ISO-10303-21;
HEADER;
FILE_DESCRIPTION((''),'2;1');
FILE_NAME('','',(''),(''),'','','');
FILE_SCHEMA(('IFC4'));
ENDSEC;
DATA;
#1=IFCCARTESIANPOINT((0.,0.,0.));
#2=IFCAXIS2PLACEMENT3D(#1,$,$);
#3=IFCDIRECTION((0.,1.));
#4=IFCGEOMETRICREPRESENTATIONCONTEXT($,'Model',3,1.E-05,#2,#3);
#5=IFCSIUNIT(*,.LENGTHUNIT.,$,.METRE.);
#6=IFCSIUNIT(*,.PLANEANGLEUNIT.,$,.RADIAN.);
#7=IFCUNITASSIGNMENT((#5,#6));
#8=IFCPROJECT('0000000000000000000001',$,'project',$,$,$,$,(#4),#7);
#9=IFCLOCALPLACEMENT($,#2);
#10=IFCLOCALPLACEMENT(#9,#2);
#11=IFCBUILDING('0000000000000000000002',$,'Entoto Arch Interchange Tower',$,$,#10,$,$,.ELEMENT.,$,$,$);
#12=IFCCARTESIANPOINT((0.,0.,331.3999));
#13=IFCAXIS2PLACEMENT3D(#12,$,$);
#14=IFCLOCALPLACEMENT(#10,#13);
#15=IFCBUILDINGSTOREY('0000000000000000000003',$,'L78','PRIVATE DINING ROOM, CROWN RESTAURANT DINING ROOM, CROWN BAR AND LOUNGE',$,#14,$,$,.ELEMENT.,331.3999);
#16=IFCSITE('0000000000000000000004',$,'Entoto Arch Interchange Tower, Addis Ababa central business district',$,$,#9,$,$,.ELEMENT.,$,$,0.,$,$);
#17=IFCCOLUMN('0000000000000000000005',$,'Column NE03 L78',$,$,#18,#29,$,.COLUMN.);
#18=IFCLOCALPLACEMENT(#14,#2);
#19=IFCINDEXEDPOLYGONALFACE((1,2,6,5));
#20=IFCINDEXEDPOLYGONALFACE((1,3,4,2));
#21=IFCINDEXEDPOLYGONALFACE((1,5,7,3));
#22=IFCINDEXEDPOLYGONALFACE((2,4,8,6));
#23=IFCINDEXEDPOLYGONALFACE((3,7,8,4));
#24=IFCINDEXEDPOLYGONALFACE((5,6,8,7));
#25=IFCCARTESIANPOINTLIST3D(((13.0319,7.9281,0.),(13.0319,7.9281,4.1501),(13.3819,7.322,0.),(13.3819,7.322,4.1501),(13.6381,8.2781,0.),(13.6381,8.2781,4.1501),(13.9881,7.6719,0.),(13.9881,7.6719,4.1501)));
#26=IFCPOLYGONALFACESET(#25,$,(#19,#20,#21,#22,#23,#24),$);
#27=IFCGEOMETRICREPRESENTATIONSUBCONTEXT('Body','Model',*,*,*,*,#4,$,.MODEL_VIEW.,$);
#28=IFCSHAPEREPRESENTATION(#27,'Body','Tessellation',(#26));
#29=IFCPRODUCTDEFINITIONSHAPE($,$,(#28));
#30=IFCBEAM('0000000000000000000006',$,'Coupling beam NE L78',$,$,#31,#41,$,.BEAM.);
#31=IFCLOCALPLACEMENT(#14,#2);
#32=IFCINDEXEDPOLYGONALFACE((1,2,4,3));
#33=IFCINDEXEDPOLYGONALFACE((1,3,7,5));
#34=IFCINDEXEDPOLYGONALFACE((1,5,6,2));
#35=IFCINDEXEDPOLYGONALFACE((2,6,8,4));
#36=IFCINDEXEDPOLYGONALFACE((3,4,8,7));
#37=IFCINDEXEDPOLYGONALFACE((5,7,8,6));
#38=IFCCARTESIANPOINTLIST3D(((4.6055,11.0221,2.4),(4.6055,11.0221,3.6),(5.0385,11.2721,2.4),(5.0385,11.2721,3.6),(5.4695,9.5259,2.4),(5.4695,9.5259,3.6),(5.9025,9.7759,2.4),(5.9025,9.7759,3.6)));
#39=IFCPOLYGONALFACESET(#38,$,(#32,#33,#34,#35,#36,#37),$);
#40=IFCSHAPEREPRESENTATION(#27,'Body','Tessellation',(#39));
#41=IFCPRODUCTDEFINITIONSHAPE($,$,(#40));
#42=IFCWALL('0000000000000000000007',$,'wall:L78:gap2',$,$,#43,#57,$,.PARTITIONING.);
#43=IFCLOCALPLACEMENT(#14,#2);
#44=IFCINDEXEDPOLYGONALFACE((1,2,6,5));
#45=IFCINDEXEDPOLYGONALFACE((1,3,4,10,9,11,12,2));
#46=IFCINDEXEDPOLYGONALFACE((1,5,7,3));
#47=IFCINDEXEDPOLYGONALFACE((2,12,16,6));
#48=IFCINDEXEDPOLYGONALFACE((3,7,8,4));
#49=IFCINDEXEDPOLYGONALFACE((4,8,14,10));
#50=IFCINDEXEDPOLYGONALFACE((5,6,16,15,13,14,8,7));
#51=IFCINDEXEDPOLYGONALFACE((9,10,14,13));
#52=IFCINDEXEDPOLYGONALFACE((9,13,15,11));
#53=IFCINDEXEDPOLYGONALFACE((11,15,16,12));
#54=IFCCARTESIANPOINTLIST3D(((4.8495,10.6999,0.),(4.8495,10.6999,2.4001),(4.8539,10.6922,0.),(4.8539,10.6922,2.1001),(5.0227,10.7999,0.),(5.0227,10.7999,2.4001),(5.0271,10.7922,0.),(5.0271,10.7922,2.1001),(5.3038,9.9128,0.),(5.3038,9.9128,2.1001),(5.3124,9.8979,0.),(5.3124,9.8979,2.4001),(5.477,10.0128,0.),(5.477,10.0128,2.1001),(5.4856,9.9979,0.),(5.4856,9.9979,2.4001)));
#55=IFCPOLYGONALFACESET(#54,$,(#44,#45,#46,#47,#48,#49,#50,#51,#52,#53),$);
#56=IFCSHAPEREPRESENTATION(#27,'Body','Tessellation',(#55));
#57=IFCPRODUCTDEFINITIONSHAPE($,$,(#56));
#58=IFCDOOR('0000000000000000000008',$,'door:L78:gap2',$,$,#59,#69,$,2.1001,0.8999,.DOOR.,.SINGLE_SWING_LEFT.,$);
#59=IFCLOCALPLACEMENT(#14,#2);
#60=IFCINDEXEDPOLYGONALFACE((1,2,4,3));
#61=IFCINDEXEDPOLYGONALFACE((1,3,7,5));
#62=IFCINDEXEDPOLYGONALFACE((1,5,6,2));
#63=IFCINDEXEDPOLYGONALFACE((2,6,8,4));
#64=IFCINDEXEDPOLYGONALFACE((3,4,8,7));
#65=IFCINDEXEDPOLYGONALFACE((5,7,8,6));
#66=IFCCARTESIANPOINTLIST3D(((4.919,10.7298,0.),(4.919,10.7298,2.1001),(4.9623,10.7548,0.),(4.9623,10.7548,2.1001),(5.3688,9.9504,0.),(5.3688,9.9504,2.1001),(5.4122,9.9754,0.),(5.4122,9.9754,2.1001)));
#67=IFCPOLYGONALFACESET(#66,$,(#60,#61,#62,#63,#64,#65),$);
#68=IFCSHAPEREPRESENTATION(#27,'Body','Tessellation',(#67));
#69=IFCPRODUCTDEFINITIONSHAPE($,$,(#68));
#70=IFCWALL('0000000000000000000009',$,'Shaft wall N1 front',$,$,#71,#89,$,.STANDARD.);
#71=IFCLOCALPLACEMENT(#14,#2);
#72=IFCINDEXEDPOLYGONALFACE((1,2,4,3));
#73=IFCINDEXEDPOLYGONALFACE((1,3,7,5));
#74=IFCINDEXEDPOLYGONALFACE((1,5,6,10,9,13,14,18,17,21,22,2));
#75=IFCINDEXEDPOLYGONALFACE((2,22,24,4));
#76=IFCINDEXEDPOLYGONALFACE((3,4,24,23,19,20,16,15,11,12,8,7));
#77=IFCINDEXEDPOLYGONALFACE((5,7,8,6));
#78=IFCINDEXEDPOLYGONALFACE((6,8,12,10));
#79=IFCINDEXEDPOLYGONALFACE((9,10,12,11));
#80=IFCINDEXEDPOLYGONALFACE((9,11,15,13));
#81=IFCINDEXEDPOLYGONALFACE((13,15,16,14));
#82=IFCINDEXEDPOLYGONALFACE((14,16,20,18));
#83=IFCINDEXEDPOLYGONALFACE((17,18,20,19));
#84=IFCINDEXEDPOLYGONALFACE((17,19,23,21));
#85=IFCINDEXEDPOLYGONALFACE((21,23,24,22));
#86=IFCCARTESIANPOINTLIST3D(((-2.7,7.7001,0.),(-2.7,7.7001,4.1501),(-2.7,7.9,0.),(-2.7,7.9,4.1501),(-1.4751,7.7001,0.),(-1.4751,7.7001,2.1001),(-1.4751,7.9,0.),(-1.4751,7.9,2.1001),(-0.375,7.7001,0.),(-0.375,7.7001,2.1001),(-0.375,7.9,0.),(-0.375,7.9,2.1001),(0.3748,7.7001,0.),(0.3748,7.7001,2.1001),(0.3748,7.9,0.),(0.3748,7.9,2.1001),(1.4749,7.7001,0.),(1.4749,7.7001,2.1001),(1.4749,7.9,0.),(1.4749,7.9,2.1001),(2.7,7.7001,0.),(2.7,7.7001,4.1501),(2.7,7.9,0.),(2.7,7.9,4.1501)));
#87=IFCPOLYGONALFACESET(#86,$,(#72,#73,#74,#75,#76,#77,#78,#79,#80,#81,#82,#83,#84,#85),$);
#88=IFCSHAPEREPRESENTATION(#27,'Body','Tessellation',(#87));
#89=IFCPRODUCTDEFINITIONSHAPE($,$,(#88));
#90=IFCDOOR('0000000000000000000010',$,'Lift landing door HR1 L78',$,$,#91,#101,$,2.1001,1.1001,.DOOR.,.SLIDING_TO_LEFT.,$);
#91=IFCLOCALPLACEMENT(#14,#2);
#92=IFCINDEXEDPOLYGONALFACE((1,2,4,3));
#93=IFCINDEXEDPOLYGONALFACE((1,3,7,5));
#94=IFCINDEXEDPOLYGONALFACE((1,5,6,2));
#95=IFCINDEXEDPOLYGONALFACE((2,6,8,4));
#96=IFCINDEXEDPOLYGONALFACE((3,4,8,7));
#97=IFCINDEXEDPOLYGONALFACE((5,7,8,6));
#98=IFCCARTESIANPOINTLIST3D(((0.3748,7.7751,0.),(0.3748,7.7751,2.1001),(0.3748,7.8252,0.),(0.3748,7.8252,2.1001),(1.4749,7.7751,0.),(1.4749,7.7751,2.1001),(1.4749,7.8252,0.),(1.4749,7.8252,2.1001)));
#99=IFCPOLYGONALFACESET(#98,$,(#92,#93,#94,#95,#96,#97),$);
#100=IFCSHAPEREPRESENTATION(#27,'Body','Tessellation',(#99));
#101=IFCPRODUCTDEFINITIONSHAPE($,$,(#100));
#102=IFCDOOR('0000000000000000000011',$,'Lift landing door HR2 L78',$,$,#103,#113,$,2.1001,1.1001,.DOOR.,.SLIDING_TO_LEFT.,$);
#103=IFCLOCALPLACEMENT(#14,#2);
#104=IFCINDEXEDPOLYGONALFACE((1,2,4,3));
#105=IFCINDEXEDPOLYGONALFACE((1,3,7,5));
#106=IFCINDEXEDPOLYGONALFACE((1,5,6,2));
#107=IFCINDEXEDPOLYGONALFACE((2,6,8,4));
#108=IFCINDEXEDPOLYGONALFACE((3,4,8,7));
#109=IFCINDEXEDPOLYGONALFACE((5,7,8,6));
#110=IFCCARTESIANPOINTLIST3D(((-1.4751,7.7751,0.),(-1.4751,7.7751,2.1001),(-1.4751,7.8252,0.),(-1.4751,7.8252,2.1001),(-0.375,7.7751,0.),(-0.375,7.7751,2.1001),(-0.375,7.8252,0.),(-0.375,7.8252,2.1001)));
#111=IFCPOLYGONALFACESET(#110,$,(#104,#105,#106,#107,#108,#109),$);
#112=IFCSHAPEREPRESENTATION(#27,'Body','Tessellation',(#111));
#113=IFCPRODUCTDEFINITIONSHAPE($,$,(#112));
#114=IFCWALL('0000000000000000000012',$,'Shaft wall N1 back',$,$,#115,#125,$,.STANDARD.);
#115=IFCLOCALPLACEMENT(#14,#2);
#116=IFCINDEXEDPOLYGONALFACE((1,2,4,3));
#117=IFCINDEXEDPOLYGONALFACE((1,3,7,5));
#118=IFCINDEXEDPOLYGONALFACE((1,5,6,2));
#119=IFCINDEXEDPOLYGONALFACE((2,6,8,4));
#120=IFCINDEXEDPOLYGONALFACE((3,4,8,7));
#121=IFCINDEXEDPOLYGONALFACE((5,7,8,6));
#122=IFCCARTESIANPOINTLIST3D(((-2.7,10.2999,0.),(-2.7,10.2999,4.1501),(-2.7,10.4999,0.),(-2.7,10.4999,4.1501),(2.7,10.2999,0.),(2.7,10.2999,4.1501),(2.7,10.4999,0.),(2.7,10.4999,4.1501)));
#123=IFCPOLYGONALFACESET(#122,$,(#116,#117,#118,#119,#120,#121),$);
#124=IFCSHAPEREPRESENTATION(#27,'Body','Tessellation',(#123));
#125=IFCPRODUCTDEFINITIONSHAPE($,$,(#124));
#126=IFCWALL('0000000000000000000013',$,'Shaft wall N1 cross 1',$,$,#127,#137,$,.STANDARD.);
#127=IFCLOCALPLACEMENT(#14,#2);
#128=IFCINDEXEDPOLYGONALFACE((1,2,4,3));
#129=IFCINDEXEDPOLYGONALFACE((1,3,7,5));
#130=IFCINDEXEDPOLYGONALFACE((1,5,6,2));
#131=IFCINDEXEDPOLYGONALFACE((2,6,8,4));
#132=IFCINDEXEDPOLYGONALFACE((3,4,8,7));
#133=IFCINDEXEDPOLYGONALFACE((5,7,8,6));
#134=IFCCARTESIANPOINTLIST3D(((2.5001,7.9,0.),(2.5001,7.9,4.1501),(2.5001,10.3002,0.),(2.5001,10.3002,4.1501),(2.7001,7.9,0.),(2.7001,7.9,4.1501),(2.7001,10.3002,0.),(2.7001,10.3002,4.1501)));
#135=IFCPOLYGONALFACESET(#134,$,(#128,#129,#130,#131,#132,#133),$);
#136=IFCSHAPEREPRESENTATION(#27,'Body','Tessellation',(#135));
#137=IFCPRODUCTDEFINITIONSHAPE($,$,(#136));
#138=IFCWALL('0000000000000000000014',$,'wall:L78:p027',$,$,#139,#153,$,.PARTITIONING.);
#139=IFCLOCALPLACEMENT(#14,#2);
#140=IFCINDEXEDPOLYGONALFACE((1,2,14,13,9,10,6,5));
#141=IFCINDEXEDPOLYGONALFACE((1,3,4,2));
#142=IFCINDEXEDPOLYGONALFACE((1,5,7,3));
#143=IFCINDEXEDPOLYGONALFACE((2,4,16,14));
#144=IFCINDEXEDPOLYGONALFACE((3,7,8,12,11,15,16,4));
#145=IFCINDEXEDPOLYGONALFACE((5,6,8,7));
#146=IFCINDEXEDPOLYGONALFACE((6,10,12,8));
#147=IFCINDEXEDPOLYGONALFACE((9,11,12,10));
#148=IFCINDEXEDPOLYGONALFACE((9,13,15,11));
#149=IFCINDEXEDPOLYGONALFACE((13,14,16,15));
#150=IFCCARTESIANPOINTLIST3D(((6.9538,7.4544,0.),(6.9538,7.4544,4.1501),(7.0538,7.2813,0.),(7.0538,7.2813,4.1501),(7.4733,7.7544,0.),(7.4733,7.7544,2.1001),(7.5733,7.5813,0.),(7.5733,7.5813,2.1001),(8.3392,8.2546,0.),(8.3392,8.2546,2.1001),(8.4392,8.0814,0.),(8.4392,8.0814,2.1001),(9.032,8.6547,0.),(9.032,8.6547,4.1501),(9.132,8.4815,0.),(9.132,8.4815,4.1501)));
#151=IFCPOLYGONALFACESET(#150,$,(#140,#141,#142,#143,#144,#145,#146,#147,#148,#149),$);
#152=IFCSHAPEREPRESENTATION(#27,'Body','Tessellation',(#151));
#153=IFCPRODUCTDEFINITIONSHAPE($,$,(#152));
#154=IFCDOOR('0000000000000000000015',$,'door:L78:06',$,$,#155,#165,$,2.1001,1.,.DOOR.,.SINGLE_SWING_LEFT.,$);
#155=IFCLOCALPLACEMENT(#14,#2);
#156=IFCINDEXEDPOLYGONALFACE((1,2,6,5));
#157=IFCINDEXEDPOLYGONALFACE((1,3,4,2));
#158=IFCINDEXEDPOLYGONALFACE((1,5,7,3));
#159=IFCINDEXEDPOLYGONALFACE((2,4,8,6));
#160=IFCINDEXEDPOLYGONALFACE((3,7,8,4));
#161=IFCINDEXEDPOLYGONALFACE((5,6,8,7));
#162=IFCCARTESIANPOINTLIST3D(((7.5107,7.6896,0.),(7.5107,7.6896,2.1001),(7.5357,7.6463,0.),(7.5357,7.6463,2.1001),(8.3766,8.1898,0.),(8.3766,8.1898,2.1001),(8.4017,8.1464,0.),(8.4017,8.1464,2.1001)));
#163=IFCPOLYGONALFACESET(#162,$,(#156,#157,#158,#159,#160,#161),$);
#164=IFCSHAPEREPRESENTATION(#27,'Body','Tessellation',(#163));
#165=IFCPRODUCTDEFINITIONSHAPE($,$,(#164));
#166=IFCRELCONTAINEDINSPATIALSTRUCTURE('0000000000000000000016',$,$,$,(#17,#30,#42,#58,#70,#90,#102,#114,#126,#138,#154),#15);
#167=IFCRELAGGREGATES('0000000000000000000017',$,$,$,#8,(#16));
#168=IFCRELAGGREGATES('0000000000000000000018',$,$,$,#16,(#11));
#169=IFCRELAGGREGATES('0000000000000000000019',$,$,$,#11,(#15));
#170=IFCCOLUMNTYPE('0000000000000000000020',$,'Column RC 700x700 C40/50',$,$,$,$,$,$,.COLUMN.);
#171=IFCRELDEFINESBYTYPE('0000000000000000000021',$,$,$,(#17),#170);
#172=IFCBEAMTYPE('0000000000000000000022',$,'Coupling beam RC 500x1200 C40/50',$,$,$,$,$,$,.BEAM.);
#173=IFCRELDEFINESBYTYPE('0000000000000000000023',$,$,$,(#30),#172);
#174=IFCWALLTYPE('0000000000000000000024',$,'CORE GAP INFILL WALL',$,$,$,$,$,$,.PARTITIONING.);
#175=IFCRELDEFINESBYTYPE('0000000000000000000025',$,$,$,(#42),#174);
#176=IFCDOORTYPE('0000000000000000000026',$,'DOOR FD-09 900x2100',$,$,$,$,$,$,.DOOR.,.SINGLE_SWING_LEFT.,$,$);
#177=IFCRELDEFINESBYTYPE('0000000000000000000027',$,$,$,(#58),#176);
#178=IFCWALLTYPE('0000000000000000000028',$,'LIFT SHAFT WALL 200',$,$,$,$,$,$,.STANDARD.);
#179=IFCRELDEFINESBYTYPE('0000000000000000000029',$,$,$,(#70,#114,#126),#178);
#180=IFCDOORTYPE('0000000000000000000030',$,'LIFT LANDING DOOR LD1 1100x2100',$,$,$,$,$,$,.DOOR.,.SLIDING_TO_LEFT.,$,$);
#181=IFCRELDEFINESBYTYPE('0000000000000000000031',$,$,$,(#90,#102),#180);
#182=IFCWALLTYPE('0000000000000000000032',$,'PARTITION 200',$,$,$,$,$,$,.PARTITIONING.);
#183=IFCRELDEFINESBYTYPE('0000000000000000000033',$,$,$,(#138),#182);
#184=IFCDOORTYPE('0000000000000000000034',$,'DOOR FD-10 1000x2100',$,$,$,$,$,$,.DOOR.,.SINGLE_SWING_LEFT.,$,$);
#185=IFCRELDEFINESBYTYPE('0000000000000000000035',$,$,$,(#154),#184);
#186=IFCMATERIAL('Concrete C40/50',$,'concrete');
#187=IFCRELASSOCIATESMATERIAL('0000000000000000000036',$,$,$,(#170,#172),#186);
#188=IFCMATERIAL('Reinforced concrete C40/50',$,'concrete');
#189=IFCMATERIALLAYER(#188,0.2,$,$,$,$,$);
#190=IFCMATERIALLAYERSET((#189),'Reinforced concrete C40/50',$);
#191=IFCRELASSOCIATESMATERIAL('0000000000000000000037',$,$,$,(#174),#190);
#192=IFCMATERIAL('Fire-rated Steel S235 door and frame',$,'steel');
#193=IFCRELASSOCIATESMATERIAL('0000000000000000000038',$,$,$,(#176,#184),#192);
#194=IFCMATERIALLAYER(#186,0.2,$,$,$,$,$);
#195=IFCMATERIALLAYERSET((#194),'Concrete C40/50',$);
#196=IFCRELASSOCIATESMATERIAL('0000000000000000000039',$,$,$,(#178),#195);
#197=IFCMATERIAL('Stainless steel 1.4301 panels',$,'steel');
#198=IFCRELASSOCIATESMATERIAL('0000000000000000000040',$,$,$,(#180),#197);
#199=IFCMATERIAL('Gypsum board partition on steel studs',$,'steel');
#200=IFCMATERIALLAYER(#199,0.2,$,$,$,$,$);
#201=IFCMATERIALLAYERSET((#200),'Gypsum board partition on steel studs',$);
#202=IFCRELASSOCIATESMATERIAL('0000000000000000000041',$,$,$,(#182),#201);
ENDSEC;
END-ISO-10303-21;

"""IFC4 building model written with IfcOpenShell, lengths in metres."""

from ifc_helpers import new_model, si_unit, direction, frame, frame_2d, origin, origin_2d, place, context, subcontext, project, spatial, rectangle, extrude, material, layer, layer_set, material_profile, profile_set, type_object, element, fill, save


model = new_model("IFC4")

# Units and contexts
model_context = context("Model", 3, precision=1e-05, world=origin(), true_north=direction((0.0, 1.0)))
body_context = subcontext(model_context, "Body", "Model", "MODEL_VIEW")
ifc_project = project(units=[si_unit("LENGTHUNIT", "METRE"), si_unit("PLANEANGLEUNIT", "RADIAN")], contexts=[model_context])

# Site, building, storey
site_placement = place(None, origin())
site = spatial("IfcSite", under=ifc_project, at=site_placement, Name="Entoto Arch Interchange Tower, Addis Ababa central business district", CompositionType="ELEMENT", RefElevation=0.0)
building_placement = place(site_placement, origin())
building = spatial("IfcBuilding", under=site, at=building_placement, Name="Entoto Arch Interchange Tower", CompositionType="ELEMENT")
storey_placement = place(building_placement, frame((0.0, 0.0, 331.3999)))
storey = spatial("IfcBuildingStorey", under=building, at=storey_placement, Name="L78", Description="PRIVATE DINING ROOM, CROWN RESTAURANT DINING ROOM, CROWN BAR AND LOUNGE", CompositionType="ELEMENT", Elevation=331.3999)

# Column
ifc_material_1 = material(Name="Concrete C40/50", Category="concrete")
ifc_material_profile_1 = material_profile(ifc_material_1, rectangle(XDim=0.7, YDim=0.7, at=origin_2d()))
ifc_profile_set_1 = profile_set([ifc_material_profile_1], Name="Concrete C40/50")
column_type = type_object("IfcColumnType", Name="Column RC 700x700 C40/50", PredefinedType="COLUMN", material=ifc_profile_set_1)
column_placement = place(storey_placement, frame((13.51, 7.8, 0.0), z_axis=(0.0, 0.0, 1.0), x_axis=(-0.5, 0.866025, 0.0)))
element("IfcColumn", 1, at=column_placement, inside=storey, type_object=column_type, Name="Column NE03 L78", PredefinedType="COLUMN", context=body_context, shape_type="SweptSolid", body=[
    extrude(rectangle(XDim=0.7, YDim=0.7, at=origin_2d()), origin(), (0.0, 0.0, 1.0), 4.1501),
])

# Beam
ifc_material_profile_2 = material_profile(ifc_material_1, rectangle(XDim=0.5, YDim=1.2, at=origin_2d()))
ifc_profile_set_2 = profile_set([ifc_material_profile_2], Name="Concrete C40/50")
beam_type = type_object("IfcBeamType", Name="Coupling beam RC 500x1200 C40/50", PredefinedType="BEAM", material=ifc_profile_set_2)
beam_placement = place(storey_placement, frame((5.686, 9.6509, 3.0), z_axis=(-0.500106, 0.865964, 0.0), x_axis=(-0.865964, -0.500106, 0.0)))
element("IfcBeam", 2, at=beam_placement, inside=storey, type_object=beam_type, Name="Coupling beam NE L78", PredefinedType="BEAM", context=body_context, shape_type="SweptSolid", body=[
    extrude(rectangle(XDim=0.5, YDim=1.2, at=origin_2d()), origin(), (0.0, 0.0, 1.0), 1.7278),
])

# Wall, opening, door
ifc_material_2 = material(Name="Reinforced concrete C40/50", Category="concrete")
ifc_layer_1 = layer(ifc_material_2, 0.2)
ifc_layer_set_1 = layer_set([ifc_layer_1], Name="Reinforced concrete C40/50")
wall_type_1 = type_object("IfcWallType", Name="CORE GAP INFILL WALL", PredefinedType="PARTITIONING", material=ifc_layer_set_1)
wall_1_placement = place(storey_placement, frame((5.3989, 9.948, 0.0), z_axis=(0.0, 0.0, 1.0), x_axis=(-0.499882, 0.866093, 0.0)))
wall_1 = element("IfcWall", 3, at=wall_1_placement, inside=storey, type_object=wall_type_1, Name="wall:L78:gap2", PredefinedType="PARTITIONING", context=body_context, shape_type="SweptSolid", body=[
    extrude(rectangle(XDim=0.926, YDim=0.2, at=frame_2d((0.4629, 0.0))), origin(), (0.0, 0.0, 1.0), 2.4001),
])
opening_1_placement = place(wall_1_placement, frame((0.0171, 0.0, 0.0)))
opening_1 = element("IfcOpeningElement", 4, at=opening_1_placement, cuts=wall_1, PredefinedType="OPENING", context=body_context, shape_type="SweptSolid", body=[
    extrude(rectangle(XDim=0.8999, YDim=2.1001, at=frame_2d((0.45, 1.05))), frame((0.0, 0.1099, 0.0), z_axis=(0.0, -1.0, 0.0), x_axis=(1.0, 0.0, 0.0)), (0.0, 0.0, 1.0), 0.22),
])
ifc_material_3 = material(Name="Fire-rated Steel S235 door and frame", Category="steel")
door_type_1 = type_object("IfcDoorType", Name="DOOR FD-09 900x2100", OperationType="SINGLE_SWING_LEFT", PredefinedType="DOOR", material=ifc_material_3)
door_1_placement = place(opening_1_placement, origin())
door_1 = element("IfcDoor", 5, at=door_1_placement, inside=storey, type_object=door_type_1, Name="door:L78:gap2", OperationType="SINGLE_SWING_LEFT", OverallHeight=2.1001, OverallWidth=0.8999, PredefinedType="DOOR", context=body_context, shape_type="SweptSolid", body=[
    extrude(rectangle(XDim=0.8999, YDim=2.1001, at=frame_2d((0.45, 1.05))), frame((0.0, 0.0249, 0.0), z_axis=(0.0, -1.0, 0.0), x_axis=(1.0, 0.0, 0.0)), (0.0, 0.0, 1.0), 0.05),
])
fill(opening_1, door_1)

# Wall, openings, doors
ifc_layer_2 = layer(ifc_material_1, 0.2)
ifc_layer_set_2 = layer_set([ifc_layer_2], Name="Concrete C40/50")
wall_type_2 = type_object("IfcWallType", Name="LIFT SHAFT WALL 200", PredefinedType="STANDARD", material=ifc_layer_set_2)
wall_2_placement = place(storey_placement, frame((2.7, 7.8, 0.0), z_axis=(0.0, 0.0, 1.0), x_axis=(-1.0, 0.0, 0.0)))
wall_2 = element("IfcWall", 6, at=wall_2_placement, inside=storey, type_object=wall_type_2, Name="Shaft wall N1 front", PredefinedType="STANDARD", context=body_context, shape_type="SweptSolid", body=[
    extrude(rectangle(XDim=5.3999, YDim=0.2, at=frame_2d((2.7, 0.0))), origin(), (0.0, 0.0, 1.0), 4.1501),
])
opening_2_placement = place(wall_2_placement, frame((1.2251, 0.0, 0.0)))
opening_2 = element("IfcOpeningElement", 7, at=opening_2_placement, cuts=wall_2, PredefinedType="OPENING", context=body_context, shape_type="SweptSolid", body=[
    extrude(rectangle(XDim=1.1001, YDim=2.1001, at=frame_2d((0.55, 1.05))), frame((0.0, 0.1099, 0.0), z_axis=(0.0, -1.0, 0.0), x_axis=(1.0, 0.0, 0.0)), (0.0, 0.0, 1.0), 0.22),
])
opening_3_placement = place(wall_2_placement, frame((3.075, 0.0, 0.0)))
opening_3 = element("IfcOpeningElement", 8, at=opening_3_placement, cuts=wall_2, PredefinedType="OPENING", context=body_context, shape_type="SweptSolid", body=[
    extrude(rectangle(XDim=1.1001, YDim=2.1001, at=frame_2d((0.55, 1.05))), frame((0.0, 0.1099, 0.0), z_axis=(0.0, -1.0, 0.0), x_axis=(1.0, 0.0, 0.0)), (0.0, 0.0, 1.0), 0.22),
])
ifc_material_4 = material(Name="Stainless steel 1.4301 panels", Category="steel")
door_type_2 = type_object("IfcDoorType", Name="LIFT LANDING DOOR LD1 1100x2100", OperationType="SLIDING_TO_LEFT", PredefinedType="DOOR", material=ifc_material_4)
door_2_placement = place(opening_2_placement, origin())
door_2 = element("IfcDoor", 9, at=door_2_placement, inside=storey, type_object=door_type_2, Name="Lift landing door HR1 L78", OperationType="SLIDING_TO_LEFT", OverallHeight=2.1001, OverallWidth=1.1001, PredefinedType="DOOR", context=body_context, shape_type="SweptSolid", body=[
    extrude(rectangle(XDim=1.1001, YDim=2.1001, at=frame_2d((0.55, 1.05))), frame((0.0, 0.0249, 0.0), z_axis=(0.0, -1.0, 0.0), x_axis=(1.0, 0.0, 0.0)), (0.0, 0.0, 1.0), 0.05),
])
fill(opening_2, door_2)
door_3_placement = place(opening_3_placement, origin())
door_3 = element("IfcDoor", 10, at=door_3_placement, inside=storey, type_object=door_type_2, Name="Lift landing door HR2 L78", OperationType="SLIDING_TO_LEFT", OverallHeight=2.1001, OverallWidth=1.1001, PredefinedType="DOOR", context=body_context, shape_type="SweptSolid", body=[
    extrude(rectangle(XDim=1.1001, YDim=2.1001, at=frame_2d((0.55, 1.05))), frame((0.0, 0.0249, 0.0), z_axis=(0.0, -1.0, 0.0), x_axis=(1.0, 0.0, 0.0)), (0.0, 0.0, 1.0), 0.05),
])
fill(opening_3, door_3)

# Walls
wall_3_placement = place(storey_placement, frame((2.7, 10.3999, 0.0), z_axis=(0.0, 0.0, 1.0), x_axis=(-1.0, 0.0, 0.0)))
element("IfcWall", 11, at=wall_3_placement, inside=storey, type_object=wall_type_2, Name="Shaft wall N1 back", PredefinedType="STANDARD", context=body_context, shape_type="SweptSolid", body=[
    extrude(rectangle(XDim=5.3999, YDim=0.2, at=frame_2d((2.7, 0.0))), origin(), (0.0, 0.0, 1.0), 4.1501),
])
wall_4_placement = place(storey_placement, frame((2.6001, 7.8999, 0.0), z_axis=(0.0, 0.0, 1.0), x_axis=(0.0, 1.0, 0.0)))
element("IfcWall", 12, at=wall_4_placement, inside=storey, type_object=wall_type_2, Name="Shaft wall N1 cross 1", PredefinedType="STANDARD", context=body_context, shape_type="SweptSolid", body=[
    extrude(rectangle(XDim=2.4001, YDim=0.2, at=frame_2d((1.2002, 0.0))), origin(), (0.0, 0.0, 1.0), 4.1501),
])

# Wall, opening, door
ifc_material_5 = material(Name="Gypsum board partition on steel studs", Category="steel")
ifc_layer_3 = layer(ifc_material_5, 0.2)
ifc_layer_set_3 = layer_set([ifc_layer_3], Name="Gypsum board partition on steel studs")
wall_type_3 = type_object("IfcWallType", Name="PARTITION 200", PredefinedType="PARTITIONING", material=ifc_layer_set_3)
wall_5_placement = place(storey_placement, frame((9.082, 8.5681, 0.0), z_axis=(0.0, 0.0, 1.0), x_axis=(-0.865955, -0.500122, 0.0)))
wall_5 = element("IfcWall", 13, at=wall_5_placement, inside=storey, type_object=wall_type_3, Name="wall:L78:p027", PredefinedType="PARTITIONING", context=body_context, shape_type="SweptSolid", body=[
    extrude(rectangle(XDim=2.3999, YDim=0.2, at=frame_2d((1.2, 0.0))), origin(), (0.0, 0.0, 1.0), 4.1501),
])
opening_4_placement = place(wall_5_placement, frame((0.8, 0.0, 0.0)))
opening_4 = element("IfcOpeningElement", 14, at=opening_4_placement, cuts=wall_5, PredefinedType="OPENING", context=body_context, shape_type="SweptSolid", body=[
    extrude(rectangle(XDim=1.0, YDim=2.1001, at=frame_2d((0.5, 1.05))), frame((0.0, 0.1099, 0.0), z_axis=(0.0, -1.0, 0.0), x_axis=(1.0, 0.0, 0.0)), (0.0, 0.0, 1.0), 0.22),
])
door_type_3 = type_object("IfcDoorType", Name="DOOR FD-10 1000x2100", OperationType="SINGLE_SWING_LEFT", PredefinedType="DOOR", material=ifc_material_3)
door_4_placement = place(opening_4_placement, origin())
door_4 = element("IfcDoor", 15, at=door_4_placement, inside=storey, type_object=door_type_3, Name="door:L78:06", OperationType="SINGLE_SWING_LEFT", OverallHeight=2.1001, OverallWidth=1.0, PredefinedType="DOOR", context=body_context, shape_type="SweptSolid", body=[
    extrude(rectangle(XDim=1.0, YDim=2.1001, at=frame_2d((0.5, 1.05))), frame((0.0, 0.0249, 0.0), z_axis=(0.0, -1.0, 0.0), x_axis=(1.0, 0.0, 0.0)), (0.0, 0.0, 1.0), 0.05),
])
fill(opening_4, door_4)

save(model, "model.ifc")
